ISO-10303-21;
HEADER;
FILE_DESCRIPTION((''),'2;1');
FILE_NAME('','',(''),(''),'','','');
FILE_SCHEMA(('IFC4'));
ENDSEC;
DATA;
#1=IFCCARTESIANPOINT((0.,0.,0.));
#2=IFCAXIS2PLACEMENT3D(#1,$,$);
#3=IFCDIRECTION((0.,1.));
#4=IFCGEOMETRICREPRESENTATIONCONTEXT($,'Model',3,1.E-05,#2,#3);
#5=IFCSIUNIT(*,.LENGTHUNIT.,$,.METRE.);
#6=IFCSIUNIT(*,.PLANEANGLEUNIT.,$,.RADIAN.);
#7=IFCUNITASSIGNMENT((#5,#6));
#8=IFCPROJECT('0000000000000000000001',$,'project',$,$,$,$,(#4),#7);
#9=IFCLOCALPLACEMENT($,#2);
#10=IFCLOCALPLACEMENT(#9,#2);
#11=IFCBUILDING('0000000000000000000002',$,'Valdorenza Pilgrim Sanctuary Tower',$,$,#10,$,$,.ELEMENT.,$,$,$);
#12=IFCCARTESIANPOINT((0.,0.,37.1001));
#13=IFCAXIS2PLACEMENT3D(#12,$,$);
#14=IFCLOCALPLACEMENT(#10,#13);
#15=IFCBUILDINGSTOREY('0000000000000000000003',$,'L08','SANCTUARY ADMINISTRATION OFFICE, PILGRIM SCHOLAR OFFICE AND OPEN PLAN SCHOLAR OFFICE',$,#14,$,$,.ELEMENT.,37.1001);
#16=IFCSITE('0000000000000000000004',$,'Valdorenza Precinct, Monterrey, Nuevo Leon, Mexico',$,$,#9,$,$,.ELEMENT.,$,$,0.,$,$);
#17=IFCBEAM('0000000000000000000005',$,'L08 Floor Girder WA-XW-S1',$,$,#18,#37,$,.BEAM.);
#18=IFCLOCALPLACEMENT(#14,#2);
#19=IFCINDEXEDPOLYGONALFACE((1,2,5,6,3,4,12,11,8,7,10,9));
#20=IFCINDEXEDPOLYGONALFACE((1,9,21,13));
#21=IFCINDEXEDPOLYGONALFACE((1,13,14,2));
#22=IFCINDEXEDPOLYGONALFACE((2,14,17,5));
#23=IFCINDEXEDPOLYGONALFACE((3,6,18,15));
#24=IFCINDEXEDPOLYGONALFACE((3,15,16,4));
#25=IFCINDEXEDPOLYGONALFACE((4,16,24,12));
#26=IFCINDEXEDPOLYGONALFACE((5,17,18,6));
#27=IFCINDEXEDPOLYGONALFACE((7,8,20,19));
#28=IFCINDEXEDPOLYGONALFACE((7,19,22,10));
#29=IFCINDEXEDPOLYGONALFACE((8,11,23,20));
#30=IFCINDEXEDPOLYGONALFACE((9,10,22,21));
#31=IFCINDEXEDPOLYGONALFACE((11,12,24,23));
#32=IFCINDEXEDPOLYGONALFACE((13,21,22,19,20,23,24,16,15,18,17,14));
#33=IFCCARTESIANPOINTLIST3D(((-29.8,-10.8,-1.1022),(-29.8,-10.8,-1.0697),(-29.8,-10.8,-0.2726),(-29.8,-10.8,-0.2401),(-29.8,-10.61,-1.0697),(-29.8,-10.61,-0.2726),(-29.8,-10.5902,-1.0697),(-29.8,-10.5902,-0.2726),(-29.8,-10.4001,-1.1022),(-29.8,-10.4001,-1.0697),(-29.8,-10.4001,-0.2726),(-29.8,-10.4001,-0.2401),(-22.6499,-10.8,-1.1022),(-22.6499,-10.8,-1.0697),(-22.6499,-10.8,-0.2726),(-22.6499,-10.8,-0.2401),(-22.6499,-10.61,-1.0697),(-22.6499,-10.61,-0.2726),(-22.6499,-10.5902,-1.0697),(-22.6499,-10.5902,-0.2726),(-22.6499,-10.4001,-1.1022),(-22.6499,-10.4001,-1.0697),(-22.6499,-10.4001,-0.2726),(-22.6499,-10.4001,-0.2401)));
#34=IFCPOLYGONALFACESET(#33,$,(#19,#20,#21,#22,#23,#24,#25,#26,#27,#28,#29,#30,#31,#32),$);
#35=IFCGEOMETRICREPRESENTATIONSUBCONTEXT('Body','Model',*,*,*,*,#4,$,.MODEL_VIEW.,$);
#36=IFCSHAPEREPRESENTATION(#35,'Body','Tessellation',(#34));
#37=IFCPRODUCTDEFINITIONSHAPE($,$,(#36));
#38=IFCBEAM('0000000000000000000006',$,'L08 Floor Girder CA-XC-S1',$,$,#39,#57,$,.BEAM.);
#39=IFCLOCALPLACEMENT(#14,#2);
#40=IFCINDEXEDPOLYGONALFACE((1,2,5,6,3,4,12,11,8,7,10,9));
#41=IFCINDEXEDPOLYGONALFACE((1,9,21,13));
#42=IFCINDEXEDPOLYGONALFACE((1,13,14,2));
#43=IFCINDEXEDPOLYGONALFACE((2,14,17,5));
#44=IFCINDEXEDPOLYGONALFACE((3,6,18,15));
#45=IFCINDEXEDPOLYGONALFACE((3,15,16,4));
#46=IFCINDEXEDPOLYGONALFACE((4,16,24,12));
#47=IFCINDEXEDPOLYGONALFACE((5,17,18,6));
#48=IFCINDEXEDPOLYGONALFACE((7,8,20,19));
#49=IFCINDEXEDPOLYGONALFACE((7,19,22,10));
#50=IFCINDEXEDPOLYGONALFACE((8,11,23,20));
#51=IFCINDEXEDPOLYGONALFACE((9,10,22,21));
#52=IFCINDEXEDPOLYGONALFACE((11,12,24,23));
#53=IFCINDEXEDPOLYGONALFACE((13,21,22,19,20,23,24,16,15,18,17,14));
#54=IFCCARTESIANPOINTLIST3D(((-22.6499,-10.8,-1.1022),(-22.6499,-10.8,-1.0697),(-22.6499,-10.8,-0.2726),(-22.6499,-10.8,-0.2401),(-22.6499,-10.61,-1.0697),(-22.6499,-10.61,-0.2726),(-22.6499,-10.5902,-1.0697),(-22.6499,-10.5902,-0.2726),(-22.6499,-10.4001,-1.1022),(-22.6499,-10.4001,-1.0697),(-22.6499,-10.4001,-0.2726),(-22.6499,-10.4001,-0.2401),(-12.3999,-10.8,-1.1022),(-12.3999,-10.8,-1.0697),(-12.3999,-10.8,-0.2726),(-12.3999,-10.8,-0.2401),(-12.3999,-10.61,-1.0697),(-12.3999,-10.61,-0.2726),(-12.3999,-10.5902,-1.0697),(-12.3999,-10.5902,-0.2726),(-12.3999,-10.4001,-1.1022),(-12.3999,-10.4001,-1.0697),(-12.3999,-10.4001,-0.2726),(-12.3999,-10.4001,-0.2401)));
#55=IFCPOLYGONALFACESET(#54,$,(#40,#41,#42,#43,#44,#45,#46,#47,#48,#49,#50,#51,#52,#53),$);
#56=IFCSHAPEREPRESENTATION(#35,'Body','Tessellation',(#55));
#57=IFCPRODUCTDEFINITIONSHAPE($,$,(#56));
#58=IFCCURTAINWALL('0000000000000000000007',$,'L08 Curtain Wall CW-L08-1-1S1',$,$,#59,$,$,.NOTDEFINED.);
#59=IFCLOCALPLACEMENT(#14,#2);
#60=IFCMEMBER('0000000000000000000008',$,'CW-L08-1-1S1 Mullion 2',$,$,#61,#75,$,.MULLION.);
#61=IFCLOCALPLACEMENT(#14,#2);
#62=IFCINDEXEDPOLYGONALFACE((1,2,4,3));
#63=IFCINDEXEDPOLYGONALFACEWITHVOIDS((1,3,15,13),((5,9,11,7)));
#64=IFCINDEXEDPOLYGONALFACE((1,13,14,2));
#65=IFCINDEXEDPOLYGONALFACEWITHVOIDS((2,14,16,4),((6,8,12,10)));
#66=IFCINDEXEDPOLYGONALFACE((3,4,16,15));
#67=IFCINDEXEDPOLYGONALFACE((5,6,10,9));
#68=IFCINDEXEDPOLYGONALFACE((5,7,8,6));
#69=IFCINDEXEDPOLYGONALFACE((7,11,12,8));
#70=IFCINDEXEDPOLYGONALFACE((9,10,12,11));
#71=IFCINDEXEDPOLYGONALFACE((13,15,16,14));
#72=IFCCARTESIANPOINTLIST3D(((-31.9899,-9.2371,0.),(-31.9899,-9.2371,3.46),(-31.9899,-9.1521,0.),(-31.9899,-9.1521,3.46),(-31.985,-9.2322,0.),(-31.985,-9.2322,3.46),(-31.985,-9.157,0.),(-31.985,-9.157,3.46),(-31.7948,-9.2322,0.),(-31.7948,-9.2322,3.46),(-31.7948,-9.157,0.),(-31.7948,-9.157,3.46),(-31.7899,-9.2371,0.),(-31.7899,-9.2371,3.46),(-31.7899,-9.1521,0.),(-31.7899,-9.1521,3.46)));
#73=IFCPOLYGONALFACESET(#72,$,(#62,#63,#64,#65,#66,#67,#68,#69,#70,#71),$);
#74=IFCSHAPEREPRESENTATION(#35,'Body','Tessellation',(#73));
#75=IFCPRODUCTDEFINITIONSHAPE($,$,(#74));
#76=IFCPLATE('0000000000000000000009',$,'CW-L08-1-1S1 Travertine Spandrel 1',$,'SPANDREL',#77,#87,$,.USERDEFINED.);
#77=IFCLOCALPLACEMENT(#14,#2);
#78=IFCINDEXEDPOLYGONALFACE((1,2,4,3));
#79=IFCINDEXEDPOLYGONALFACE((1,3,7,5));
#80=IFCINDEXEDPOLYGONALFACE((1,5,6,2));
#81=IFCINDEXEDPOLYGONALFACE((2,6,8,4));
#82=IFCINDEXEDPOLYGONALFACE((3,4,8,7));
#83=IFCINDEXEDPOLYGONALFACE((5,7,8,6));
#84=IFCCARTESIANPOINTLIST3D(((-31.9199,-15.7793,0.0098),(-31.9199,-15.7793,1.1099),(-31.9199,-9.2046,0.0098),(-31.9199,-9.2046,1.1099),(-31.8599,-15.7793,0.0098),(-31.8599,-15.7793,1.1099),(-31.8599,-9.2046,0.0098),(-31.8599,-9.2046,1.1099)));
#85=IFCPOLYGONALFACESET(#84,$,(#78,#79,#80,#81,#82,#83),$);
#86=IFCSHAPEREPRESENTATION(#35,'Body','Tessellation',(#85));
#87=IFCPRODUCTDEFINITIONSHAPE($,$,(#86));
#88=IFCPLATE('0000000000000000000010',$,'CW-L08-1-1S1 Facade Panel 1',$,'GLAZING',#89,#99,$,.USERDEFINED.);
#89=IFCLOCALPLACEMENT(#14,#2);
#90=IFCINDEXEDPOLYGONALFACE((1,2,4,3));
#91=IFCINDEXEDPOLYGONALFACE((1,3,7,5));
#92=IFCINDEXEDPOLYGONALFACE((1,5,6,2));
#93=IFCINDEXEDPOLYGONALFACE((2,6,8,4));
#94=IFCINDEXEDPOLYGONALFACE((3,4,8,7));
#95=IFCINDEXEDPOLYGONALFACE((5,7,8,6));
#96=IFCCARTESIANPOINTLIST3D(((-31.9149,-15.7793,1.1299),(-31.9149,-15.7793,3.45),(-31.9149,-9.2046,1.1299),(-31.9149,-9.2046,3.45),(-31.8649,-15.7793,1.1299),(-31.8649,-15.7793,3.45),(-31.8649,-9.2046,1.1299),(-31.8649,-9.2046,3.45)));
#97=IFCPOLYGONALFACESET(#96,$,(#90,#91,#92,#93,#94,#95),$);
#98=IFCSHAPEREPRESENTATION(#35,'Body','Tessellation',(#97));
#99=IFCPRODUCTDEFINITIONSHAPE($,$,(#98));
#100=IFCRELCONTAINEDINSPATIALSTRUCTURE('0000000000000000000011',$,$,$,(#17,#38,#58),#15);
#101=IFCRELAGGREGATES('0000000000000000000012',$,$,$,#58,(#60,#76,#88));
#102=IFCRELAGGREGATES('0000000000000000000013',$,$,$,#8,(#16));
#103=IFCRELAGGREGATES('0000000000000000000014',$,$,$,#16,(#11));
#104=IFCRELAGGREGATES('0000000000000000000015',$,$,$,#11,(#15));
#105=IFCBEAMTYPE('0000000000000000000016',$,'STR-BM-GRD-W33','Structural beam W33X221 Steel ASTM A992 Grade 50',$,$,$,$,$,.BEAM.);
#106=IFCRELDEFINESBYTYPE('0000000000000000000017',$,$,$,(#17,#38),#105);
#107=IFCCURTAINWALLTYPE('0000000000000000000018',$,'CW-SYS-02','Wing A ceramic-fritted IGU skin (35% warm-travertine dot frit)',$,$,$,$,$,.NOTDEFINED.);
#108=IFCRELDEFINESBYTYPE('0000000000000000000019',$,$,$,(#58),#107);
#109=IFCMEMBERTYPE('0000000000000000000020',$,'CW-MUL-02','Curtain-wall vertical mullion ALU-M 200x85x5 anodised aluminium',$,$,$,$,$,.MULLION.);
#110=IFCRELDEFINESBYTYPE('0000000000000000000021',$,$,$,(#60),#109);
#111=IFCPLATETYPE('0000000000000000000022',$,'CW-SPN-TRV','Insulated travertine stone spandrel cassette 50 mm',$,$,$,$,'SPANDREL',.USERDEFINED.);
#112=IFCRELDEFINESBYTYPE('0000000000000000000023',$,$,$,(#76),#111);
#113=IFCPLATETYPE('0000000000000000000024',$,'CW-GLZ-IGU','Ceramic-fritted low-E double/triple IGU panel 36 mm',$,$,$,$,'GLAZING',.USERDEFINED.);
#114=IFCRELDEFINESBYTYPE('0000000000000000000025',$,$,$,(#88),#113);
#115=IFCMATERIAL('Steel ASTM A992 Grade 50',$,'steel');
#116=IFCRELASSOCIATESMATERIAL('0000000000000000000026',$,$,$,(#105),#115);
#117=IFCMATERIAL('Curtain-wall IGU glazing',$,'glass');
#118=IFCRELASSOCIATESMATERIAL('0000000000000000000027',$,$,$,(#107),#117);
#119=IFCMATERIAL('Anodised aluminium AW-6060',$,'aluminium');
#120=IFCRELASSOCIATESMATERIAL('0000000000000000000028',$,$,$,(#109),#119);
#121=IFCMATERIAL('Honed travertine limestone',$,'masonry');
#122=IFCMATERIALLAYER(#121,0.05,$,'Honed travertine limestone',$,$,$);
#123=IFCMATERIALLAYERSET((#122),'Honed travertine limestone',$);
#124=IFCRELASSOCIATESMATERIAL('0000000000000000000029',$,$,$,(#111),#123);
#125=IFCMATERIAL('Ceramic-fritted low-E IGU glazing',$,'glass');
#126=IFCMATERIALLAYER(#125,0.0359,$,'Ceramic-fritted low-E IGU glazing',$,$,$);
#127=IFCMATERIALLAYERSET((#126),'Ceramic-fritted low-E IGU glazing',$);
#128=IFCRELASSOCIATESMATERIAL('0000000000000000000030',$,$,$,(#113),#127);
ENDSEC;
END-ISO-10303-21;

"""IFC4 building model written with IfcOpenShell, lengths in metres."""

from ifc_helpers import new_model, si_unit, direction, frame, origin, origin_2d, place, context, subcontext, project, spatial, rectangle, hollow_rectangle, i_section, extrude, source, transform, mapped, material, layer, layer_set, material_profile, profile_set, type_object, element, aggregate, save


model = new_model("IFC4")

# Units and contexts
model_context = context("Model", 3, precision=1e-05, world=origin(), true_north=direction((0.0, 1.0)))
body_context = subcontext(model_context, "Body", "Model", "MODEL_VIEW")
ifc_project = project(units=[si_unit("LENGTHUNIT", "METRE"), si_unit("PLANEANGLEUNIT", "RADIAN")], contexts=[model_context])

# Site, building, storey
site_placement = place(None, origin())
site = spatial("IfcSite", under=ifc_project, at=site_placement, Name="Valdorenza Precinct, Monterrey, Nuevo Leon, Mexico", CompositionType="ELEMENT", RefElevation=0.0)
building_placement = place(site_placement, origin())
building = spatial("IfcBuilding", under=site, at=building_placement, Name="Valdorenza Pilgrim Sanctuary Tower", CompositionType="ELEMENT")
storey_placement = place(building_placement, frame((0.0, 0.0, 37.1001)))
storey = spatial("IfcBuildingStorey", under=building, at=storey_placement, Name="L08", Description="SANCTUARY ADMINISTRATION OFFICE, PILGRIM SCHOLAR OFFICE AND OPEN PLAN SCHOLAR OFFICE", CompositionType="ELEMENT", Elevation=37.1001)

# Beams
ifc_material_1 = material(Name="Steel ASTM A992 Grade 50", Category="steel")
ifc_material_profile_1 = material_profile(ifc_material_1, i_section(OverallWidth=0.3999, OverallDepth=0.8621, WebThickness=0.0198, FlangeThickness=0.0325, at=origin_2d()), Name="W33X221")
ifc_profile_set_1 = profile_set([ifc_material_profile_1], Name="Steel ASTM A992 Grade 50")
beam_type_1 = type_object("IfcBeamType", Name="STR-BM-GRD-W33", Description="Structural beam W33X221 Steel ASTM A992 Grade 50", PredefinedType="BEAM", material=ifc_profile_set_1)
shared_shape_1 = source(origin(), body_context, "Body", "SweptSolid", [
    extrude(i_section(OverallWidth=0.3999, OverallDepth=0.8621, WebThickness=0.0198, FlangeThickness=0.0325, at=origin_2d()), origin(), (0.0, 0.0, 1.0), 7.1501),
])
beam_1_placement = place(storey_placement, frame((-29.8, -10.6001, -0.6711), z_axis=(1.0, 0.0, 0.0), x_axis=(0.0, 1.0, 0.0)))
element("IfcBeam", 1, at=beam_1_placement, inside=storey, type_object=beam_type_1, Name="L08 Floor Girder WA-XW-S1", PredefinedType="BEAM", context=body_context, shape_type="MappedRepresentation", body=[
    mapped(shared_shape_1, transform((0.0, 0.0, 0.0), x_axis=(1.0, 0.0, 0.0), y_axis=(0.0, 1.0, 0.0), z_axis=(0.0, 0.0, 1.0), scale=1.0)),
])
shared_shape_2 = source(origin(), body_context, "Body", "SweptSolid", [
    extrude(i_section(OverallWidth=0.3999, OverallDepth=0.8621, WebThickness=0.0198, FlangeThickness=0.0325, at=origin_2d()), origin(), (0.0, 0.0, 1.0), 10.25),
])
beam_2_placement = place(storey_placement, frame((-22.6499, -10.6001, -0.6711), z_axis=(1.0, 0.0, 0.0), x_axis=(0.0, 1.0, 0.0)))
element("IfcBeam", 2, at=beam_2_placement, inside=storey, type_object=beam_type_1, Name="L08 Floor Girder CA-XC-S1", PredefinedType="BEAM", context=body_context, shape_type="MappedRepresentation", body=[
    mapped(shared_shape_2, transform((0.0, 0.0, 0.0), x_axis=(1.0, 0.0, 0.0), y_axis=(0.0, 1.0, 0.0), z_axis=(0.0, 0.0, 1.0), scale=1.0)),
])

# Curtain wall, member, plates
ifc_material_2 = material(Name="Curtain-wall IGU glazing", Category="glass")
curtain_wall_type = type_object("IfcCurtainWallType", Name="CW-SYS-02", Description="Wing A ceramic-fritted IGU skin (35% warm-travertine dot frit)", PredefinedType="NOTDEFINED", material=ifc_material_2)
curtain_wall_placement = place(storey_placement, origin())
curtain_wall = element("IfcCurtainWall", 3, at=curtain_wall_placement, inside=storey, type_object=curtain_wall_type, Name="L08 Curtain Wall CW-L08-1-1S1", PredefinedType="NOTDEFINED")
ifc_material_3 = material(Name="Anodised aluminium AW-6060", Category="aluminium")
ifc_material_profile_2 = material_profile(ifc_material_3, hollow_rectangle(XDim=0.085, YDim=0.2, WallThickness=0.0049, at=origin_2d()), Name="ALU-M 200x85x5")
ifc_profile_set_2 = profile_set([ifc_material_profile_2], Name="Anodised aluminium AW-6060")
member_type = type_object("IfcMemberType", Name="CW-MUL-02", Description="Curtain-wall vertical mullion ALU-M 200x85x5 anodised aluminium", PredefinedType="MULLION", material=ifc_profile_set_2)
shared_shape_3 = source(origin(), body_context, "Body", "SweptSolid", [
    extrude(hollow_rectangle(XDim=0.085, YDim=0.2, WallThickness=0.0049, at=origin_2d()), origin(), (0.0, 0.0, 1.0), 3.46),
])
member_placement = place(storey_placement, frame((-31.8899, -9.1946, 0.0), z_axis=(0.0, 0.0, 1.0), x_axis=(0.0, 1.0, 0.0)))
member = element("IfcMember", 4, at=member_placement, type_object=member_type, Name="CW-L08-1-1S1 Mullion 2", PredefinedType="MULLION", context=body_context, shape_type="MappedRepresentation", body=[
    mapped(shared_shape_3, transform((0.0, 0.0, 0.0), x_axis=(1.0, 0.0, 0.0), y_axis=(0.0, 1.0, 0.0), z_axis=(0.0, 0.0, 1.0), scale=1.0)),
])
ifc_material_4 = material(Name="Honed travertine limestone", Category="masonry")
ifc_layer_1 = layer(ifc_material_4, 0.05, Name="Honed travertine limestone")
ifc_layer_set_1 = layer_set([ifc_layer_1], Name="Honed travertine limestone")
plate_type_1 = type_object("IfcPlateType", Name="CW-SPN-TRV", Description="Insulated travertine stone spandrel cassette 50 mm", ElementType="SPANDREL", PredefinedType="USERDEFINED", material=ifc_layer_set_1)
shared_shape_4 = source(origin(), body_context, "Body", "SweptSolid", [
    extrude(rectangle(XDim=6.5747, YDim=0.0601, at=origin_2d()), origin(), (0.0, 0.0, 1.0), 1.1001),
])
plate_1_placement = place(storey_placement, frame((-31.8899, -12.4919, 0.0098), z_axis=(0.0, 0.0, 1.0), x_axis=(0.0, 1.0, 0.0)))
plate_1 = element("IfcPlate", 5, at=plate_1_placement, type_object=plate_type_1, Name="CW-L08-1-1S1 Travertine Spandrel 1", ObjectType="SPANDREL", PredefinedType="USERDEFINED", context=body_context, shape_type="MappedRepresentation", body=[
    mapped(shared_shape_4, transform((0.0, 0.0, 0.0), x_axis=(1.0, 0.0, 0.0), y_axis=(0.0, 1.0, 0.0), z_axis=(0.0, 0.0, 1.0), scale=1.0)),
])
ifc_material_5 = material(Name="Ceramic-fritted low-E IGU glazing", Category="glass")
ifc_layer_2 = layer(ifc_material_5, 0.0359, Name="Ceramic-fritted low-E IGU glazing")
ifc_layer_set_2 = layer_set([ifc_layer_2], Name="Ceramic-fritted low-E IGU glazing")
plate_type_2 = type_object("IfcPlateType", Name="CW-GLZ-IGU", Description="Ceramic-fritted low-E double/triple IGU panel 36 mm", ElementType="GLAZING", PredefinedType="USERDEFINED", material=ifc_layer_set_2)
shared_shape_5 = source(origin(), body_context, "Body", "SweptSolid", [
    extrude(rectangle(XDim=6.5747, YDim=0.05, at=origin_2d()), origin(), (0.0, 0.0, 1.0), 2.3201),
])
plate_2_placement = place(storey_placement, frame((-31.8899, -12.4919, 1.1299), z_axis=(0.0, 0.0, 1.0), x_axis=(0.0, 1.0, 0.0)))
plate_2 = element("IfcPlate", 6, at=plate_2_placement, type_object=plate_type_2, Name="CW-L08-1-1S1 Facade Panel 1", ObjectType="GLAZING", PredefinedType="USERDEFINED", context=body_context, shape_type="MappedRepresentation", body=[
    mapped(shared_shape_5, transform((0.0, 0.0, 0.0), x_axis=(1.0, 0.0, 0.0), y_axis=(0.0, 1.0, 0.0), z_axis=(0.0, 0.0, 1.0), scale=1.0)),
])
aggregate(curtain_wall, [member, plate_1, plate_2])

save(model, "model.ifc")
